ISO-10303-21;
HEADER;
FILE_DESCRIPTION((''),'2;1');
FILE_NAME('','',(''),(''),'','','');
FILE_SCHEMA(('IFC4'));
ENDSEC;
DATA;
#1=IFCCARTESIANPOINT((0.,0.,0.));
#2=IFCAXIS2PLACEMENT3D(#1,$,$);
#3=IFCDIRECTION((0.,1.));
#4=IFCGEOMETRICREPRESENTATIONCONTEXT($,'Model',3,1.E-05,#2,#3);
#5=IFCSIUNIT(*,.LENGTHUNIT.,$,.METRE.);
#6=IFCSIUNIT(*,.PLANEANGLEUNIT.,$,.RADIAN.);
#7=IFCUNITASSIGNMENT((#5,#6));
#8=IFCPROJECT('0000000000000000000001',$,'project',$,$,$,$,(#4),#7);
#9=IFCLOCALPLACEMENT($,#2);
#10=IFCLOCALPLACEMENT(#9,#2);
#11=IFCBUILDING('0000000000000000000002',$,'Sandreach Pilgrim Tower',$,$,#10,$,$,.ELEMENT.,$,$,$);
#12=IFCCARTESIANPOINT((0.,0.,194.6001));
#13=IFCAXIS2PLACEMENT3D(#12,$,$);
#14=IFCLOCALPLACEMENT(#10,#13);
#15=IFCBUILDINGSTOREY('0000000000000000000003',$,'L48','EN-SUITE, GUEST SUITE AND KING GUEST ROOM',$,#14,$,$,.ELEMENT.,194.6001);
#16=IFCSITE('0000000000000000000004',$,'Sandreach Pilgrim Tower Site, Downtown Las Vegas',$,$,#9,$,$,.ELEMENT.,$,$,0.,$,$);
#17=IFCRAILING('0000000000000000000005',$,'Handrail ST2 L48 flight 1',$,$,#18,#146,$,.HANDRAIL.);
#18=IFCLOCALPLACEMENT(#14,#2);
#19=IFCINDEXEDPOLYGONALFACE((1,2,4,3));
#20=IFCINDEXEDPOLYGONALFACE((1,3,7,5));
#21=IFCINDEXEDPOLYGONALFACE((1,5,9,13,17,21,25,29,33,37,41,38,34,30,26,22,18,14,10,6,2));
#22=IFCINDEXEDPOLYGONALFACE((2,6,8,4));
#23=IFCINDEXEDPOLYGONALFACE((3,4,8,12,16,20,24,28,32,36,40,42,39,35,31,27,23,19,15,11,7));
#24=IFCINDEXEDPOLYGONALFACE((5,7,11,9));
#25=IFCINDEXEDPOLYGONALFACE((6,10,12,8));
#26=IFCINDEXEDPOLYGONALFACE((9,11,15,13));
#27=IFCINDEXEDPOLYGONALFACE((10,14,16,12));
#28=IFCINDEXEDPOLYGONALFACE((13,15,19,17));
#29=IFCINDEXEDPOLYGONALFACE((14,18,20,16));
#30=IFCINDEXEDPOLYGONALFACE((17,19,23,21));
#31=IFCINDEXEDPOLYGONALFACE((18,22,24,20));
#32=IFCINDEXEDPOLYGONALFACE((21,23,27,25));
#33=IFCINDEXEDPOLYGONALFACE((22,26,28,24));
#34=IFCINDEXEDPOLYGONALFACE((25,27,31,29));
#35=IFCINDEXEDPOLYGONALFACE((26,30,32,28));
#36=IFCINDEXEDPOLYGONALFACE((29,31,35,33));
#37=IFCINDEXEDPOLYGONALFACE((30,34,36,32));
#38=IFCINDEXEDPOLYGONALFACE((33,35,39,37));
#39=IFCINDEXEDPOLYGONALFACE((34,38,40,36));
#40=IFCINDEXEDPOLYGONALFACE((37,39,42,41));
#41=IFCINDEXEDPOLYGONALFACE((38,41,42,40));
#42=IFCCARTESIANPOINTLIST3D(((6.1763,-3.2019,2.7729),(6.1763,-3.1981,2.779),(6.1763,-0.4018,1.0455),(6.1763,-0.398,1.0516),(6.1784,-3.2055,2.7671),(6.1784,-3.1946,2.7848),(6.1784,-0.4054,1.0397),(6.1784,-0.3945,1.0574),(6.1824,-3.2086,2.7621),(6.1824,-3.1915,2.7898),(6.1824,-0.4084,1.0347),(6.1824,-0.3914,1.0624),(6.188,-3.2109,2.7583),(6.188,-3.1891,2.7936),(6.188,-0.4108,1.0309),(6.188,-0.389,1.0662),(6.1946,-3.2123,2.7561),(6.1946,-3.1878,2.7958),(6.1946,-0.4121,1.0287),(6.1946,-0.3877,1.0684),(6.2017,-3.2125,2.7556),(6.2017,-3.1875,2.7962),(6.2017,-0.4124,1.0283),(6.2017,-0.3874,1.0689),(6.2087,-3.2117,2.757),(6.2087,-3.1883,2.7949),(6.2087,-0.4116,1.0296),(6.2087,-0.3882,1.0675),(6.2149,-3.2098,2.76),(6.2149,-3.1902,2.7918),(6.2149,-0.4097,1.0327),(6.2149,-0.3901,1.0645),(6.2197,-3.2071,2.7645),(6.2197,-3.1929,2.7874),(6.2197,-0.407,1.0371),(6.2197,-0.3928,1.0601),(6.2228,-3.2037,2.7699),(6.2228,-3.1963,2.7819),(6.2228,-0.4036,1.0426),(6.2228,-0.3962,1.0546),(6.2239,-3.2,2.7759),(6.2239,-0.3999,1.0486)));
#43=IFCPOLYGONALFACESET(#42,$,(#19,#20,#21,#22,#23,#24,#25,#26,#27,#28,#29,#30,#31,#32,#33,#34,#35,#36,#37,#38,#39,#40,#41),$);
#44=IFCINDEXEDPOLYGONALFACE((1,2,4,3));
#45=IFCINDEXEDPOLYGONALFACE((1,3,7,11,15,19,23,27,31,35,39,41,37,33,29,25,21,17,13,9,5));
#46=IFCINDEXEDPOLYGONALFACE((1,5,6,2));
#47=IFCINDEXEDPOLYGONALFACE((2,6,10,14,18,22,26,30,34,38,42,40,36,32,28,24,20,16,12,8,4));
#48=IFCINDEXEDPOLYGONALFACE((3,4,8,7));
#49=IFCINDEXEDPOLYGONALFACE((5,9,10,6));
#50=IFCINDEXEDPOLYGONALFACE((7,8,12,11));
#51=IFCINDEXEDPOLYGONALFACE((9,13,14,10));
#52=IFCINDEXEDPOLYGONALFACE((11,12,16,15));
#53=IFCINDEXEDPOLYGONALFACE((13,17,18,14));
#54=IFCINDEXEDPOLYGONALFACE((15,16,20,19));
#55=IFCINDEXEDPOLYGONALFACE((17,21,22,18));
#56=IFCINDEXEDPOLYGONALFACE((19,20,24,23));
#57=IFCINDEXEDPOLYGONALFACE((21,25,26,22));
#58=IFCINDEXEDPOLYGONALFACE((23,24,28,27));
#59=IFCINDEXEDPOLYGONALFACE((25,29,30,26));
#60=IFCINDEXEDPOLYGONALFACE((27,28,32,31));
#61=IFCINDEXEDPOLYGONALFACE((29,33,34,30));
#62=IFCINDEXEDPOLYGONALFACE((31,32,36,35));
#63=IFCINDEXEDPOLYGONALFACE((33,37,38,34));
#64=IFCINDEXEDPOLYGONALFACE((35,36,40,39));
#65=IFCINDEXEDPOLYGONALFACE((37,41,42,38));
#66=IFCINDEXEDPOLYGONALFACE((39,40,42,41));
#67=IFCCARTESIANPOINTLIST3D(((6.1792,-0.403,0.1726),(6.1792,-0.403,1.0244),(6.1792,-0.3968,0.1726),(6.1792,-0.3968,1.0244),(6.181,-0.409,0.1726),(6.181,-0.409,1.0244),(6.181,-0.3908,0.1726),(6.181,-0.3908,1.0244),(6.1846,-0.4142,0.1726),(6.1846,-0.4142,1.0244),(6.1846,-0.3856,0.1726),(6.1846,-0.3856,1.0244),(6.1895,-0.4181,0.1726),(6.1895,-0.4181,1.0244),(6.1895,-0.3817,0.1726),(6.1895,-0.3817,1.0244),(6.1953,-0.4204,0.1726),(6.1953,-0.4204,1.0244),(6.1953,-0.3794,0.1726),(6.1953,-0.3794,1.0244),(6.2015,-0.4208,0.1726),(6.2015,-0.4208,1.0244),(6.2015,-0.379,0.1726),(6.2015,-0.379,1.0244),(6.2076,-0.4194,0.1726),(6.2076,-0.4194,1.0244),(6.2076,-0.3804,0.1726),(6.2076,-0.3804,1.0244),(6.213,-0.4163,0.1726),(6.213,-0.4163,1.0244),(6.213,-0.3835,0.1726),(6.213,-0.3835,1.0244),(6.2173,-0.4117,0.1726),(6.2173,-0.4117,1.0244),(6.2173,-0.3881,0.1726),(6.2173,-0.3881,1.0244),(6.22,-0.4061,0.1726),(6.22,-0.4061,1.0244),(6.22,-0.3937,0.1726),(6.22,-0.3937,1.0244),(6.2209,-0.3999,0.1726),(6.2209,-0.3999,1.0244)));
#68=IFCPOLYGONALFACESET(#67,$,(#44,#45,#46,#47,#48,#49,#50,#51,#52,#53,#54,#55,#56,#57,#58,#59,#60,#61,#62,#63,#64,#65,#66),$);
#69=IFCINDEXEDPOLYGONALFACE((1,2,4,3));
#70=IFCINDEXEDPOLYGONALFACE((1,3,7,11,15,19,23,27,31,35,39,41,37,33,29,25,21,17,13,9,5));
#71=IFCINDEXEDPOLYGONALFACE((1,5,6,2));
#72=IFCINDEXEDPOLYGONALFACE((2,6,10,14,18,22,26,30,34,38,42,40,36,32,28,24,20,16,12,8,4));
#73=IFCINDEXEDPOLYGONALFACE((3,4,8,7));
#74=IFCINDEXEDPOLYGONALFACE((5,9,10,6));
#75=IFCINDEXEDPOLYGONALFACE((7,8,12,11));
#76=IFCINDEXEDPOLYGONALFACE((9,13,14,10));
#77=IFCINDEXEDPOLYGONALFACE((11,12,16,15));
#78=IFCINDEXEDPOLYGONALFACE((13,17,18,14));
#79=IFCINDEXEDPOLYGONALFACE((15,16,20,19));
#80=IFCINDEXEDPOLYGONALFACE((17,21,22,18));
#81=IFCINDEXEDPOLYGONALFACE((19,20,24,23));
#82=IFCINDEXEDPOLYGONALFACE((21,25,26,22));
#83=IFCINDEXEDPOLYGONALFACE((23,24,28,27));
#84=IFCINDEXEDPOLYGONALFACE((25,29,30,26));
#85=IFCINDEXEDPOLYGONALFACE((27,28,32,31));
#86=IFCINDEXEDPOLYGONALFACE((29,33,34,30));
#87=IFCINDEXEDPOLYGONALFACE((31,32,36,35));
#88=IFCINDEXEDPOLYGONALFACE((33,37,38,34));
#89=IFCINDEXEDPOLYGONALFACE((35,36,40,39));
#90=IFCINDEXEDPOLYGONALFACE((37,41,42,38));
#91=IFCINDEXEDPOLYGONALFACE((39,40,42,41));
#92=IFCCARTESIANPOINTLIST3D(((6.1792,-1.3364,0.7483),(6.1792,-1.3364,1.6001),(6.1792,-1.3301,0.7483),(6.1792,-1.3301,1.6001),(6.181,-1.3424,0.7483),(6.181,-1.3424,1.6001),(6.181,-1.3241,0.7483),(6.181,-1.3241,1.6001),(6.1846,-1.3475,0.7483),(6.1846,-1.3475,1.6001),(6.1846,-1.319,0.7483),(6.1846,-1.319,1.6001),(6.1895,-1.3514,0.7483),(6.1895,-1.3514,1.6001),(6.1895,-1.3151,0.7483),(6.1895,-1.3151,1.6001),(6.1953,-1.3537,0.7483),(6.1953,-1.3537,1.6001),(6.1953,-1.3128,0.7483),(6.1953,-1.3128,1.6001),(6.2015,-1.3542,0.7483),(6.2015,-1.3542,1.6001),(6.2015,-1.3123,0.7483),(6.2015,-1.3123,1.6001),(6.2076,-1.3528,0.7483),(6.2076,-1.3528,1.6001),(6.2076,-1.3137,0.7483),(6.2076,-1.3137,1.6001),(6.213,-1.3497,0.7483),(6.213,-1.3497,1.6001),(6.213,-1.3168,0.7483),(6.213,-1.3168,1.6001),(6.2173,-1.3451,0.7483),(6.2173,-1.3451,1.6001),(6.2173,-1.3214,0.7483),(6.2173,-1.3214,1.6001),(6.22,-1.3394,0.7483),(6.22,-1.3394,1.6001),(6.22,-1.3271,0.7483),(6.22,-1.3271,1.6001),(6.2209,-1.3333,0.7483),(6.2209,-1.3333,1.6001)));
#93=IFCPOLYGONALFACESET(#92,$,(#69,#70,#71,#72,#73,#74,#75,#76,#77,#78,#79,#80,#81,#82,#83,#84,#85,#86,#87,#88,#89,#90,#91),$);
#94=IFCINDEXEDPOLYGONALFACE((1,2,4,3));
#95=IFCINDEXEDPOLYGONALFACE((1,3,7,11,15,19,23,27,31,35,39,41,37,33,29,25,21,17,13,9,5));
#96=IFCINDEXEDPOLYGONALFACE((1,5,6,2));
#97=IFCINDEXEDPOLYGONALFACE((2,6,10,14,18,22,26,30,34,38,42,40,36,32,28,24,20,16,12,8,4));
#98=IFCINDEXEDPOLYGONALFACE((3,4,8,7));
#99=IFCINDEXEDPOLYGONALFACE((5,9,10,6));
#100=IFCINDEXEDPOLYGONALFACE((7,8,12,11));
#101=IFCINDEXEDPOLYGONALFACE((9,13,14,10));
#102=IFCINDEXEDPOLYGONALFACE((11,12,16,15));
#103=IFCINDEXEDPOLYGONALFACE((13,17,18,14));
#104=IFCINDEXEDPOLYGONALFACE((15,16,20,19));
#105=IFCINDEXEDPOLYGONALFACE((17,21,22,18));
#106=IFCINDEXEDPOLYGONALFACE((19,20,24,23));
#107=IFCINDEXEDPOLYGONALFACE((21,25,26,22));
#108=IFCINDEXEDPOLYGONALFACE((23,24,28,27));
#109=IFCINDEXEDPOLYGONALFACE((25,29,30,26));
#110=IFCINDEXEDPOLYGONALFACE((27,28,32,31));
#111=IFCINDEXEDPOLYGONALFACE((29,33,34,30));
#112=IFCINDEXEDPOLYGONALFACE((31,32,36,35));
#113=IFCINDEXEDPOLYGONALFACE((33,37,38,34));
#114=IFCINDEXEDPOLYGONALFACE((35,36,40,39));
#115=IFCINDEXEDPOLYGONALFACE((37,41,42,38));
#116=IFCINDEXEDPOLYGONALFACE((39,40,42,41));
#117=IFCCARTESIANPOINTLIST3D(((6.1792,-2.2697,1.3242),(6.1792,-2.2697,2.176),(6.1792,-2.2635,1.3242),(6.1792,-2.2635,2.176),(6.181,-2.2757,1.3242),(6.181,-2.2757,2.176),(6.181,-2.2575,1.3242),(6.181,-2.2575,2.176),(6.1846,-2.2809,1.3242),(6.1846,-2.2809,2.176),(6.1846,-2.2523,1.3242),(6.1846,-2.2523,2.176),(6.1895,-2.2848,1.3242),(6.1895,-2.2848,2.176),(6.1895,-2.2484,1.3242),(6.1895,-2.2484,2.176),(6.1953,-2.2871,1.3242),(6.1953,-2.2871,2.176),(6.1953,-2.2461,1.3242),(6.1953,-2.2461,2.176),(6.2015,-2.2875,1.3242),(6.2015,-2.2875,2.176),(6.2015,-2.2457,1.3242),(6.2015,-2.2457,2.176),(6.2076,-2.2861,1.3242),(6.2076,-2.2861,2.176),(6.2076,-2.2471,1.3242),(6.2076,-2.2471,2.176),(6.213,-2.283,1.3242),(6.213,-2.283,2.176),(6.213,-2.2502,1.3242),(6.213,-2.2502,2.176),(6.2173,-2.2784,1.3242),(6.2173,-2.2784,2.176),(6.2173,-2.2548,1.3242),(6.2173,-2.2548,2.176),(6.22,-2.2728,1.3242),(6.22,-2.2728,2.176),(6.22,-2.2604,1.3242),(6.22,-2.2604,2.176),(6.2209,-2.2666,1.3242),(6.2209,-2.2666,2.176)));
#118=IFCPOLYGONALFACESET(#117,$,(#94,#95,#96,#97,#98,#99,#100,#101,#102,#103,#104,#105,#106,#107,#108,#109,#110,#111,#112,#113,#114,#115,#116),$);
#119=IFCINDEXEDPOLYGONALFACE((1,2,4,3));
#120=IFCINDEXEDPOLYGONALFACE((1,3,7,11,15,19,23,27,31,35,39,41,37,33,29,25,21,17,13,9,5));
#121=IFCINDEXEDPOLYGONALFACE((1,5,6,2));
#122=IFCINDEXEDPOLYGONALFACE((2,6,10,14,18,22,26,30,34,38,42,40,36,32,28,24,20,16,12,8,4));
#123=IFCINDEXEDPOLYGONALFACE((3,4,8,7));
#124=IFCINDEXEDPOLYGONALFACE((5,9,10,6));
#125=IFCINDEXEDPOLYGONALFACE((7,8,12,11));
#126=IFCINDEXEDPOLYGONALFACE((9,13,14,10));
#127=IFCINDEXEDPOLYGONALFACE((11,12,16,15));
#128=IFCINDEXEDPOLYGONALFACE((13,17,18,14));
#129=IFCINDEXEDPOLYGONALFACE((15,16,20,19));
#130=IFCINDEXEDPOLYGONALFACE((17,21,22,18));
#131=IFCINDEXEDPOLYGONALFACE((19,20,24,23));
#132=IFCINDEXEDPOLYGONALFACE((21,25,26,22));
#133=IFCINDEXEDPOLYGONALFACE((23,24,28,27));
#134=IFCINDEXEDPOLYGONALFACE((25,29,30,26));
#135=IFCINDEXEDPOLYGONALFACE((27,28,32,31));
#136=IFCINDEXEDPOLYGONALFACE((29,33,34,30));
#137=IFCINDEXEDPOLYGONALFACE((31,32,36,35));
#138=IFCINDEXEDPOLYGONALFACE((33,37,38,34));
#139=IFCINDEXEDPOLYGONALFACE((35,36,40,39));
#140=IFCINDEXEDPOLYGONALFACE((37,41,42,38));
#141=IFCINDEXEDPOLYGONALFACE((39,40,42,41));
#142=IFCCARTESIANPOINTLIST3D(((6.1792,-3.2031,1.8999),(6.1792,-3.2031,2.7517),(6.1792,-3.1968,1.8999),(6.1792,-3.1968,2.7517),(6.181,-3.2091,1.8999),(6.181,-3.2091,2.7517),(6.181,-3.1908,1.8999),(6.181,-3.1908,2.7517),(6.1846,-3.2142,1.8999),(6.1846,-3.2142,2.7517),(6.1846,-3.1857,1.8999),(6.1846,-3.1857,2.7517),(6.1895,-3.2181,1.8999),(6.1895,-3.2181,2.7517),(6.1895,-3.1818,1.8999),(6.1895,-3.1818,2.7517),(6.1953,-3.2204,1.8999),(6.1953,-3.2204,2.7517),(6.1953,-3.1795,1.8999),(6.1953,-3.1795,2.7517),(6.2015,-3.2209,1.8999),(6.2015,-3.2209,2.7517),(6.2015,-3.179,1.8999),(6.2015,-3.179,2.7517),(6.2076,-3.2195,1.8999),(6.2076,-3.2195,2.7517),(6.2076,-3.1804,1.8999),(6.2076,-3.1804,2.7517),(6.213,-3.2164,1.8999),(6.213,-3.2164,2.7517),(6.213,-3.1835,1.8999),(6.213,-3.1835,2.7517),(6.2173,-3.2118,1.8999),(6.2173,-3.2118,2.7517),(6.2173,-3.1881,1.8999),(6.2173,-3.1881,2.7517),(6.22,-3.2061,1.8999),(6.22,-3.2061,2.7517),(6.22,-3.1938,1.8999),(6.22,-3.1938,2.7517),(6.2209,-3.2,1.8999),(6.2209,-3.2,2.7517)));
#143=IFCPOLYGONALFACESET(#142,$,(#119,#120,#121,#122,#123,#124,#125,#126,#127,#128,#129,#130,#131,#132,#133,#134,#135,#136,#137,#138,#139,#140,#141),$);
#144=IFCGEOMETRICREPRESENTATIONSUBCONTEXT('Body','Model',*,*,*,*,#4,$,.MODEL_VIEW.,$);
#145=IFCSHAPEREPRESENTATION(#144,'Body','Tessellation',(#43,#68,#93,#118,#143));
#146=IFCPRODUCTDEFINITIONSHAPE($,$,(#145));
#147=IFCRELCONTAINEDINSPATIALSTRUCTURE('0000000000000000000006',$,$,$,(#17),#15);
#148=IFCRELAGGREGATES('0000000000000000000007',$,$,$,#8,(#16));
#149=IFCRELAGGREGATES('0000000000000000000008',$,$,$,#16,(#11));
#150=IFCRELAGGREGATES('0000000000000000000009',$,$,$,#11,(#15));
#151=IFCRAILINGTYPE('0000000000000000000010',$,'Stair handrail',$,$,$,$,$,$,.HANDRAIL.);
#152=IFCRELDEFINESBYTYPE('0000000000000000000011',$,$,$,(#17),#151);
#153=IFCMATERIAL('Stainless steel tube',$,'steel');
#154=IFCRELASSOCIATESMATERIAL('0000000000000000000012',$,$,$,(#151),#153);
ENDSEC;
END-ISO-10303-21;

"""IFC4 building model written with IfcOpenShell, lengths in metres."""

from ifc_helpers import new_model, si_unit, direction, frame, origin, origin_2d, place, context, subcontext, project, spatial, circle, extrude, material, type_object, element, save


model = new_model("IFC4")

# Units and contexts
model_context = context("Model", 3, precision=1e-05, world=origin(), true_north=direction((0.0, 1.0)))
body_context = subcontext(model_context, "Body", "Model", "MODEL_VIEW")
ifc_project = project(units=[si_unit("LENGTHUNIT", "METRE"), si_unit("PLANEANGLEUNIT", "RADIAN")], contexts=[model_context])

# Site, building, storey
site_placement = place(None, origin())
site = spatial("IfcSite", under=ifc_project, at=site_placement, Name="Sandreach Pilgrim Tower Site, Downtown Las Vegas", CompositionType="ELEMENT", RefElevation=0.0)
building_placement = place(site_placement, origin())
building = spatial("IfcBuilding", under=site, at=building_placement, Name="Sandreach Pilgrim Tower", CompositionType="ELEMENT")
storey_placement = place(building_placement, frame((0.0, 0.0, 194.6001)))
storey = spatial("IfcBuildingStorey", under=building, at=storey_placement, Name="L48", Description="EN-SUITE, GUEST SUITE AND KING GUEST ROOM", CompositionType="ELEMENT", Elevation=194.6001)

# Railing
ifc_material_1 = material(Name="Stainless steel tube", Category="steel")
railing_type = type_object("IfcRailingType", Name="Stair handrail", PredefinedType="HANDRAIL", material=ifc_material_1)
for number, where, name in (
    (1, (6.2, -0.3999, 0.1726), "Handrail ST2 L48 flight 1"),
):
    element("IfcRailing", number, at=place(storey_placement, frame(where)), inside=storey, type_object=railing_type, Name=name, PredefinedType="HANDRAIL", context=body_context, shape_type="SweptSolid", body=[
        extrude(circle(Radius=0.0239, at=origin_2d()), frame((0.0, 0.0, 0.876), z_axis=(0.0, -0.85109, 0.52502), x_axis=(1.0, 0.0, 0.0)), (0.0, 0.0, 1.0), 3.29),
        extrude(circle(Radius=0.021, at=origin_2d()), origin(), (0.0, 0.0, 1.0), 0.8518),
        extrude(circle(Radius=0.021, at=origin_2d()), frame((0.0, -0.9333, 0.5757)), (0.0, 0.0, 1.0), 0.8518),
        extrude(circle(Radius=0.021, at=origin_2d()), frame((0.0, -1.8667, 1.1516)), (0.0, 0.0, 1.0), 0.8518),
        extrude(circle(Radius=0.021, at=origin_2d()), frame((0.0, -2.8, 1.7273)), (0.0, 0.0, 1.0), 0.8518),
    ])

save(model, "model.ifc")
